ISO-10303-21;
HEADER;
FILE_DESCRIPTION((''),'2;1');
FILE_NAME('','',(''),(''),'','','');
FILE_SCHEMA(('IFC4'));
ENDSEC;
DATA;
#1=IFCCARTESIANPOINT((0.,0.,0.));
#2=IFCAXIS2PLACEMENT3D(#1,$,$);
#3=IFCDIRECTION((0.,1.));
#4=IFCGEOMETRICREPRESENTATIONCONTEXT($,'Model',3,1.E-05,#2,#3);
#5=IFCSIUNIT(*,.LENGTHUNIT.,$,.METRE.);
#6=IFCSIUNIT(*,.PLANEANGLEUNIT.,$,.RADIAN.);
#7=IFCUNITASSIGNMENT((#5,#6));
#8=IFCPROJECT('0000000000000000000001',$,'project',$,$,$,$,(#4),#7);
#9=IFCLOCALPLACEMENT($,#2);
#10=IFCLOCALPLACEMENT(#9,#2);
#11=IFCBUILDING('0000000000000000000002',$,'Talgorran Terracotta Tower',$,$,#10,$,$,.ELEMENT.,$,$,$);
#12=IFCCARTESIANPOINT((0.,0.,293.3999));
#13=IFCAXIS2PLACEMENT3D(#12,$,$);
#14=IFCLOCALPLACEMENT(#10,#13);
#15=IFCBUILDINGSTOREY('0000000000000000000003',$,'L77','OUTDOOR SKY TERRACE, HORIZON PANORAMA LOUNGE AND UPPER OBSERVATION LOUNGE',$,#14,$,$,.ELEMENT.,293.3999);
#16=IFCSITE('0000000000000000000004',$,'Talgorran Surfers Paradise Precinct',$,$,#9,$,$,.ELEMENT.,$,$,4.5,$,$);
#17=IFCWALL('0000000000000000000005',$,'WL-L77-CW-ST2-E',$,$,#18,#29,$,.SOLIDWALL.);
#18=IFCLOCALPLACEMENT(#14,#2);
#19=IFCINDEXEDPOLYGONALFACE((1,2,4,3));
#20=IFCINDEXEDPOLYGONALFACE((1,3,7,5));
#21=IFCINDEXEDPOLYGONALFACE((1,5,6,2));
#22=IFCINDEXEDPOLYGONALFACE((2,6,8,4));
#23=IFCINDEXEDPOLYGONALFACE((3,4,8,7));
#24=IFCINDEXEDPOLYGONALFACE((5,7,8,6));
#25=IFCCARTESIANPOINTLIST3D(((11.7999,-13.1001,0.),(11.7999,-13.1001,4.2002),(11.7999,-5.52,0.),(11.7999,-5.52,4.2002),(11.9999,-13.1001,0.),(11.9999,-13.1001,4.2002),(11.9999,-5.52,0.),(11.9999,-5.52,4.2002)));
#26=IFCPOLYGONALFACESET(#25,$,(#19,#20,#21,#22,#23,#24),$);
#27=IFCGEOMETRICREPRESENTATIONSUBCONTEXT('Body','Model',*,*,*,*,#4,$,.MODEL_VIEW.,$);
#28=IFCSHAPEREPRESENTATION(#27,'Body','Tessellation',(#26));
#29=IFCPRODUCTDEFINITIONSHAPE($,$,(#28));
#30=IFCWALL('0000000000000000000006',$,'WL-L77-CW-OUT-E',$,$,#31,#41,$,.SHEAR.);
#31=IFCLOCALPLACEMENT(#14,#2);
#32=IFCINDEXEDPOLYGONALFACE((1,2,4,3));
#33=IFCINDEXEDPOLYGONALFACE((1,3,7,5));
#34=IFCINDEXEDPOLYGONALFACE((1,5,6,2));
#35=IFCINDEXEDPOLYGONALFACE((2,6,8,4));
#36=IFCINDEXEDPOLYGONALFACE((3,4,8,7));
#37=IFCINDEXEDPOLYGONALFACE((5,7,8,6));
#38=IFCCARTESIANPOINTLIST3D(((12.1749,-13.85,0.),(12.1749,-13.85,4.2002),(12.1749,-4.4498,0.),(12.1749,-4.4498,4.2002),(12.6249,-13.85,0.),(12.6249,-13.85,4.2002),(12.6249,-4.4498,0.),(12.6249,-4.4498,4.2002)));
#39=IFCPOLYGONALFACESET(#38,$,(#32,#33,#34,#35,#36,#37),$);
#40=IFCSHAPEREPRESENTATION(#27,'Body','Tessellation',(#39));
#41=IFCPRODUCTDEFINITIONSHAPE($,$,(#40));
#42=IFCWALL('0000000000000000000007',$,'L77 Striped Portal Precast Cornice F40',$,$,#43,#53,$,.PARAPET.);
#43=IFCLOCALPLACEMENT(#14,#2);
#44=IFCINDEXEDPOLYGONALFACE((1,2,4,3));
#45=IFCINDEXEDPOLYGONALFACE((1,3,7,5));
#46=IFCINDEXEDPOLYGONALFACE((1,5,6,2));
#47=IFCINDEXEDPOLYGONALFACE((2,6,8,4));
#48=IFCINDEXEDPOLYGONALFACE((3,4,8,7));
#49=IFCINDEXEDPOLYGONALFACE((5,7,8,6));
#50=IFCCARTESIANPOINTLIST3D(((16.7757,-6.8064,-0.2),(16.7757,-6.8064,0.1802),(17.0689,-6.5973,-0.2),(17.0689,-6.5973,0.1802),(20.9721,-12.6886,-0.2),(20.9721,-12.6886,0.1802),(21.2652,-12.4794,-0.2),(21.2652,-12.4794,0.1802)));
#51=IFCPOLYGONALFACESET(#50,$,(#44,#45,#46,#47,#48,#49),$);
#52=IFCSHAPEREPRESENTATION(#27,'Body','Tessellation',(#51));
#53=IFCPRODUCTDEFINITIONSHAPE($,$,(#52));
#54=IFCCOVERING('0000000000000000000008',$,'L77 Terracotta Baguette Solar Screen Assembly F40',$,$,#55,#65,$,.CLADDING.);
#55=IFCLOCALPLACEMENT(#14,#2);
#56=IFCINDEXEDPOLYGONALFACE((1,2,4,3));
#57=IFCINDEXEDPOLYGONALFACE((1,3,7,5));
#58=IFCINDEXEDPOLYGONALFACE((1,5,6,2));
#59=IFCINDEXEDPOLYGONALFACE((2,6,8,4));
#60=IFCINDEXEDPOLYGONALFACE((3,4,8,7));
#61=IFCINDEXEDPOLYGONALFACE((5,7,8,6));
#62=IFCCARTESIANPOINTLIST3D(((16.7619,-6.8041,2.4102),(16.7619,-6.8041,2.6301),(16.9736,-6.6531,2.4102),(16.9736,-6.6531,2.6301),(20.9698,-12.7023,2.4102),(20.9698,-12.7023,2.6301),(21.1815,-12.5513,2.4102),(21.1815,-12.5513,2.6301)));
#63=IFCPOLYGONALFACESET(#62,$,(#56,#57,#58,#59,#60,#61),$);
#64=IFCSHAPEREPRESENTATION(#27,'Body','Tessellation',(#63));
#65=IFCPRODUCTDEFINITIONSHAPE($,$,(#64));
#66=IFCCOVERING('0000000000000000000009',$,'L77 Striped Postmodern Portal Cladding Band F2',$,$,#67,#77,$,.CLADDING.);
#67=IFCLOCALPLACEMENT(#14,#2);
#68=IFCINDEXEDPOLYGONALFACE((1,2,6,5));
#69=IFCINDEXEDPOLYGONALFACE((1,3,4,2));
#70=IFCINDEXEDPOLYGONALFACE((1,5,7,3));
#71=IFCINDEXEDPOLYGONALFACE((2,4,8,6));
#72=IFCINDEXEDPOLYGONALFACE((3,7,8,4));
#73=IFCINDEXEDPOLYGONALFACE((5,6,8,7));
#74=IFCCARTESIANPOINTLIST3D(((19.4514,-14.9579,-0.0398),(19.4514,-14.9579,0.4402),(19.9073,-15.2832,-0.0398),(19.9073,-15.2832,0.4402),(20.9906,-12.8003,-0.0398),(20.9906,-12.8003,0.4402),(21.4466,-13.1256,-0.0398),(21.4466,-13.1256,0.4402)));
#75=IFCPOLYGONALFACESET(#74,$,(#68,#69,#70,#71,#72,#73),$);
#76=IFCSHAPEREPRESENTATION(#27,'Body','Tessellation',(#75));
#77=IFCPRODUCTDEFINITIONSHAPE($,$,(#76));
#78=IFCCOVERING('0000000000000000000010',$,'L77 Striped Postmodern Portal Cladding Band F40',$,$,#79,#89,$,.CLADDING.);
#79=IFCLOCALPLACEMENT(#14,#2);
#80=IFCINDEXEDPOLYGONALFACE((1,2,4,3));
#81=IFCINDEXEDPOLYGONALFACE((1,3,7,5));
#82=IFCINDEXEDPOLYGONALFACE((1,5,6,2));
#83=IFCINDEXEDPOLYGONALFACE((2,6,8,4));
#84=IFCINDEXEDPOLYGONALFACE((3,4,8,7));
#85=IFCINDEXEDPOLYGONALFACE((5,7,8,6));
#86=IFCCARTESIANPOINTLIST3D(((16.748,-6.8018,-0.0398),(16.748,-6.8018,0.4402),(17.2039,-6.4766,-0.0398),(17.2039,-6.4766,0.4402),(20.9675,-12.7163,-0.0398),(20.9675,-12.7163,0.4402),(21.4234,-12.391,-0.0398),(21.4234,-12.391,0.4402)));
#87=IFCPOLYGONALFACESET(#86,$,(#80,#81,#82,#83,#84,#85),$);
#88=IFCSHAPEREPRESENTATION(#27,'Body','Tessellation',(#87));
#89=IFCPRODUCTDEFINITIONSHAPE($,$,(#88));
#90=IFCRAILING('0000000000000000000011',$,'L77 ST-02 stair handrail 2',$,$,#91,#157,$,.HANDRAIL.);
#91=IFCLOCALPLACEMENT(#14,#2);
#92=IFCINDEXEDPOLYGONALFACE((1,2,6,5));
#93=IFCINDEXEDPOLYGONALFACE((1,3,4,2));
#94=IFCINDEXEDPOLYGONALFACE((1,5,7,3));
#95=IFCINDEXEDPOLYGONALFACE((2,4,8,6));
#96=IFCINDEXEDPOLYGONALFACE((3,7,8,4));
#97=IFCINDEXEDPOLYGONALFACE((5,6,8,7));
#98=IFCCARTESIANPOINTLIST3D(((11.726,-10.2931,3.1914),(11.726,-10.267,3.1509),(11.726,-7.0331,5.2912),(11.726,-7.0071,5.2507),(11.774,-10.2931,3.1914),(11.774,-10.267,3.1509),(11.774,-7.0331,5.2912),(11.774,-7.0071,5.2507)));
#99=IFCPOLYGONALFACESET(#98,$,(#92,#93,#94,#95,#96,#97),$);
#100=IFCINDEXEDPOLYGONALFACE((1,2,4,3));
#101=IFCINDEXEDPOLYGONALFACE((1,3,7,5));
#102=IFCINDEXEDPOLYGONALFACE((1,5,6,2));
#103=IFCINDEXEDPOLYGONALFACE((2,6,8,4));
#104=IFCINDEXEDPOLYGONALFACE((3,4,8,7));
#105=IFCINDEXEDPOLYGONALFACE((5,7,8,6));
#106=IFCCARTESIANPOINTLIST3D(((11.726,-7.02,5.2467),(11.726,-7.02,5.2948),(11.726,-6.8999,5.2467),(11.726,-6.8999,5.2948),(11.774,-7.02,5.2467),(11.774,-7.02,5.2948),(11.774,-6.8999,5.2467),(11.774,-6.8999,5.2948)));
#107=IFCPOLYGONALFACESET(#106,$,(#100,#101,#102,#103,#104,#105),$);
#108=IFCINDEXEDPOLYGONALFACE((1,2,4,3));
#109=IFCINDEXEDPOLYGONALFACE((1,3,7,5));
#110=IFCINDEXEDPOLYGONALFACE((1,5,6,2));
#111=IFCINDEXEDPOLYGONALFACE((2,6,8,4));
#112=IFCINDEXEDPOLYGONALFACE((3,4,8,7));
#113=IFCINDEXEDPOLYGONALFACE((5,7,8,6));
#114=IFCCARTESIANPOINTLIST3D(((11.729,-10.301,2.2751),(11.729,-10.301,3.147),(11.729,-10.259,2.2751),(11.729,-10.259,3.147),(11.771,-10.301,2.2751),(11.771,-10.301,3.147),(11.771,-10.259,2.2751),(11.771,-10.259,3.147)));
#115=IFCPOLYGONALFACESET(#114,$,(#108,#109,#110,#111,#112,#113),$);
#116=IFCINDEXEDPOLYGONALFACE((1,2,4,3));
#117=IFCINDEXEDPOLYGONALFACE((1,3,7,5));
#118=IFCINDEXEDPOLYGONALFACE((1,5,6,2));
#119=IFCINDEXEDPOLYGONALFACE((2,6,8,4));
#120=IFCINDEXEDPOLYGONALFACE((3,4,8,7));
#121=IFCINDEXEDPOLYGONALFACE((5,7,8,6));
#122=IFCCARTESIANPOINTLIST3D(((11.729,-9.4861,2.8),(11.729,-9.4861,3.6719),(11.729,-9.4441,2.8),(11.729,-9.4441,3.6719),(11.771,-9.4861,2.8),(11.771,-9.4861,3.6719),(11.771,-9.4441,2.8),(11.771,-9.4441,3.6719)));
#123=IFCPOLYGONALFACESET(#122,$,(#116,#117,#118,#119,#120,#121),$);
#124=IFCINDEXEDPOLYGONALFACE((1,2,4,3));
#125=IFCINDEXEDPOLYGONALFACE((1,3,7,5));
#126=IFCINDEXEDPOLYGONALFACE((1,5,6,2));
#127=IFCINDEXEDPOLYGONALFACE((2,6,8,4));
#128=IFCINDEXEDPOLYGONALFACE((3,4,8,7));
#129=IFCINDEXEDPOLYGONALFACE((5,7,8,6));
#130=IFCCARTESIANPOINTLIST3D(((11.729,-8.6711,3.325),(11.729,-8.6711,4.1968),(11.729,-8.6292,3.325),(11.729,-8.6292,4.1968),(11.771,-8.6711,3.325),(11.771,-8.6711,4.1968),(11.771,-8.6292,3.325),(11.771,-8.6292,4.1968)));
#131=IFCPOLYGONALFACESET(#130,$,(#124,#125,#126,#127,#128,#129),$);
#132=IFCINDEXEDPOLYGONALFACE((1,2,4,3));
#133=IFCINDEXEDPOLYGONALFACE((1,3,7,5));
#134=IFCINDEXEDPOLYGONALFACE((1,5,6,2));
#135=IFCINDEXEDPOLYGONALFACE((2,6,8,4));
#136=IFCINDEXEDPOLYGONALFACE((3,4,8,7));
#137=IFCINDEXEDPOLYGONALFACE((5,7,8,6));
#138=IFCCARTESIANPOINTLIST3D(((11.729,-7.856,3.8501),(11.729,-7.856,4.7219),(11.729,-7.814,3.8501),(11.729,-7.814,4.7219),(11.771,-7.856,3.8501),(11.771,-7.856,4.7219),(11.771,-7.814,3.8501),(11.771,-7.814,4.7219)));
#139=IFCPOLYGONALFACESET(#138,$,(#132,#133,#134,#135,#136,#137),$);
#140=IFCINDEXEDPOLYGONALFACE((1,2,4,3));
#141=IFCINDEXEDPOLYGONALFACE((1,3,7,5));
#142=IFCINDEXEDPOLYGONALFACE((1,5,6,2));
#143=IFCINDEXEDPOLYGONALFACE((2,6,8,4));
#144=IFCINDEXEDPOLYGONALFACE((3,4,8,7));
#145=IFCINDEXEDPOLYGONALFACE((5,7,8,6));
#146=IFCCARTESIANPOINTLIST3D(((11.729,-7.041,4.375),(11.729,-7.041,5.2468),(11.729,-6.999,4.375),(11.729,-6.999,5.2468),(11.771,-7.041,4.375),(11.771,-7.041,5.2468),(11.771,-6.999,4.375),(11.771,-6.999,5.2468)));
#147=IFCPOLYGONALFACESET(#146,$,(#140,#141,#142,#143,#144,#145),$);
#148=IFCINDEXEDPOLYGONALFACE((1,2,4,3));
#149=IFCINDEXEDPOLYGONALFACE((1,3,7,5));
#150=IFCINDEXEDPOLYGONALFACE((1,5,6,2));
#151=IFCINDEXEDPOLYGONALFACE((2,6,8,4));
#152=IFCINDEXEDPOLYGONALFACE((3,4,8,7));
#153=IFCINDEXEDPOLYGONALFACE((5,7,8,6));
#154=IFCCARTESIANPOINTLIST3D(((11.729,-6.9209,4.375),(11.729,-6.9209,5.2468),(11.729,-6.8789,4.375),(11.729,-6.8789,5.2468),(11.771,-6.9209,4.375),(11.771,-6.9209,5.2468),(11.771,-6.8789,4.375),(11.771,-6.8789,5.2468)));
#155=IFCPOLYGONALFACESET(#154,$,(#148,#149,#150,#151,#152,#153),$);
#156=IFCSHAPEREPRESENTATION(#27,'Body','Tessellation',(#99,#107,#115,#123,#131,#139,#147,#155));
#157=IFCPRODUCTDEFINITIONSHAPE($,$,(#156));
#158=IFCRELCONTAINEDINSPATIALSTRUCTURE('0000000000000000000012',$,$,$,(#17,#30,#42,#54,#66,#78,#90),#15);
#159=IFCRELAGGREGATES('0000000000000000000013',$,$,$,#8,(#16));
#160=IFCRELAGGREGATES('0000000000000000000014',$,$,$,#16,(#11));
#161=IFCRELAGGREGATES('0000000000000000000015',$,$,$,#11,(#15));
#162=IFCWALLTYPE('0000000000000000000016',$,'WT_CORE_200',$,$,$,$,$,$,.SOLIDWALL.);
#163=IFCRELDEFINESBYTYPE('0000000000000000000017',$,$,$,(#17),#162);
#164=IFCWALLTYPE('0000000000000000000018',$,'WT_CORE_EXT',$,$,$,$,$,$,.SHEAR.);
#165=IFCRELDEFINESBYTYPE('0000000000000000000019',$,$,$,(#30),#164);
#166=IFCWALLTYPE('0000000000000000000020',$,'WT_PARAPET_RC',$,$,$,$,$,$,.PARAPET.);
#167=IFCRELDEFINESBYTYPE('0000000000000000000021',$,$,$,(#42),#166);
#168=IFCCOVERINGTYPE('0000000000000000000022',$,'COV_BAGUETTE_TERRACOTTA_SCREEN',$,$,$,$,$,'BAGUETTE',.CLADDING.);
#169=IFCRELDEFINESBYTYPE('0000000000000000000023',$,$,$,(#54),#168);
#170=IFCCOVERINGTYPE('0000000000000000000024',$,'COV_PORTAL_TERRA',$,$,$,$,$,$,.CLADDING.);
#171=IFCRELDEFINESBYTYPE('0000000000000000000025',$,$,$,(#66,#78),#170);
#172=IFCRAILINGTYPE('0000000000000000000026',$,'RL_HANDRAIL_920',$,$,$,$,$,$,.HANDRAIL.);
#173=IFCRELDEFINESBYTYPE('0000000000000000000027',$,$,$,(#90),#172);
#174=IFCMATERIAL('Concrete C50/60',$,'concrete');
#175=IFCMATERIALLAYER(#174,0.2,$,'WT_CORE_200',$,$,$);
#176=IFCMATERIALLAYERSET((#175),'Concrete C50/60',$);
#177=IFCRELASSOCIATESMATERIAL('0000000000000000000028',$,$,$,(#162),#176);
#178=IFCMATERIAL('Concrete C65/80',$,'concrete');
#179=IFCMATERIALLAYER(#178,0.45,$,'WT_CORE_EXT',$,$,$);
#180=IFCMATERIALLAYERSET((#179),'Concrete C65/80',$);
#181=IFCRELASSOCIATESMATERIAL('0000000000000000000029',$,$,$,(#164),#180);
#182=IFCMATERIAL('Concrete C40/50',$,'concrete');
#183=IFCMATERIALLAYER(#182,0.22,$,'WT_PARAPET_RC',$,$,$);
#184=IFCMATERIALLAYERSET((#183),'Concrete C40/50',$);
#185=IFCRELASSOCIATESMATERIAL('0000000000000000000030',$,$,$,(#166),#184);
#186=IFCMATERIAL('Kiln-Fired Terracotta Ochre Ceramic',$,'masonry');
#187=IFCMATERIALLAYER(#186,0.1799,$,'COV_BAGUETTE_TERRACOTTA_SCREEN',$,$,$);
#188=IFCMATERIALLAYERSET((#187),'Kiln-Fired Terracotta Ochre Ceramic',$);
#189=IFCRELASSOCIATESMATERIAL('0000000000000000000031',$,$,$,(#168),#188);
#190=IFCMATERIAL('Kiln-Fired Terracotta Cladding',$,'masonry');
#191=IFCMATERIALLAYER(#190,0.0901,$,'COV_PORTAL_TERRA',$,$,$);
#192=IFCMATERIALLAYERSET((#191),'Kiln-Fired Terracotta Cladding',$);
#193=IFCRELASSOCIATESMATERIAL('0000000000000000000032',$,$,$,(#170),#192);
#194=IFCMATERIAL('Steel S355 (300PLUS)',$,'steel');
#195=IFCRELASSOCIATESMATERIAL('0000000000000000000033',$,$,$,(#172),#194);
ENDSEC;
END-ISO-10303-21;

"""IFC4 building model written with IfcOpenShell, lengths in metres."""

from ifc_helpers import new_model, si_unit, direction, frame, frame_2d, origin, origin_2d, place, context, subcontext, project, spatial, rectangle, extrude, material, layer, layer_set, type_object, element, save


model = new_model("IFC4")

# Units and contexts
model_context = context("Model", 3, precision=1e-05, world=origin(), true_north=direction((0.0, 1.0)))
body_context = subcontext(model_context, "Body", "Model", "MODEL_VIEW")
ifc_project = project(units=[si_unit("LENGTHUNIT", "METRE"), si_unit("PLANEANGLEUNIT", "RADIAN")], contexts=[model_context])

# Site, building, storey
site_placement = place(None, origin())
site = spatial("IfcSite", under=ifc_project, at=site_placement, Name="Talgorran Surfers Paradise Precinct", CompositionType="ELEMENT", RefElevation=4.5)
building_placement = place(site_placement, origin())
building = spatial("IfcBuilding", under=site, at=building_placement, Name="Talgorran Terracotta Tower", CompositionType="ELEMENT")
storey_placement = place(building_placement, frame((0.0, 0.0, 293.3999)))
storey = spatial("IfcBuildingStorey", under=building, at=storey_placement, Name="L77", Description="OUTDOOR SKY TERRACE, HORIZON PANORAMA LOUNGE AND UPPER OBSERVATION LOUNGE", CompositionType="ELEMENT", Elevation=293.3999)

# Shared definitions
ifc_material_1 = material(Name="Steel S355 (300PLUS)", Category="steel")

# Shared definitions
ifc_material_2 = material(Name="Concrete C40/50", Category="concrete")

# Walls
ifc_material_3 = material(Name="Concrete C50/60", Category="concrete")
ifc_layer_1 = layer(ifc_material_3, 0.2, Name="WT_CORE_200")
ifc_layer_set_1 = layer_set([ifc_layer_1], Name="Concrete C50/60")
wall_type_1 = type_object("IfcWallType", Name="WT_CORE_200", PredefinedType="SOLIDWALL", material=ifc_layer_set_1)
wall_1_placement = place(storey_placement, frame((11.8999, -13.1001, 0.0), z_axis=(0.0, 0.0, 1.0), x_axis=(0.0, 1.0, 0.0)))
element("IfcWall", 1, at=wall_1_placement, inside=storey, type_object=wall_type_1, Name="WL-L77-CW-ST2-E", PredefinedType="SOLIDWALL", context=body_context, shape_type="SweptSolid", body=[
    extrude(rectangle(XDim=7.5801, YDim=0.2, at=frame_2d((3.79, 0.0))), origin(), (0.0, 0.0, 1.0), 4.2002),
])
ifc_material_4 = material(Name="Concrete C65/80", Category="concrete")
ifc_layer_2 = layer(ifc_material_4, 0.45, Name="WT_CORE_EXT")
ifc_layer_set_2 = layer_set([ifc_layer_2], Name="Concrete C65/80")
wall_type_2 = type_object("IfcWallType", Name="WT_CORE_EXT", PredefinedType="SHEAR", material=ifc_layer_set_2)
wall_2_placement = place(storey_placement, frame((12.3999, -13.8501, 0.0), z_axis=(0.0, 0.0, 1.0), x_axis=(0.0, 1.0, 0.0)))
element("IfcWall", 2, at=wall_2_placement, inside=storey, type_object=wall_type_2, Name="WL-L77-CW-OUT-E", PredefinedType="SHEAR", context=body_context, shape_type="SweptSolid", body=[
    extrude(rectangle(XDim=9.4001, YDim=0.45, at=frame_2d((4.7002, 0.0))), origin(), (0.0, 0.0, 1.0), 4.2002),
])
ifc_layer_3 = layer(ifc_material_2, 0.22, Name="WT_PARAPET_RC")
ifc_layer_set_3 = layer_set([ifc_layer_3], Name="Concrete C40/50")
wall_type_3 = type_object("IfcWallType", Name="WT_PARAPET_RC", PredefinedType="PARAPET", material=ifc_layer_set_3)
wall_3_placement = place(storey_placement, frame((21.1187, -12.584, -0.2), z_axis=(0.0, 0.0, 1.0), x_axis=(-0.580762, 0.814074, 0.0)))
element("IfcWall", 3, at=wall_3_placement, inside=storey, type_object=wall_type_3, Name="L77 Striped Portal Precast Cornice F40", PredefinedType="PARAPET", context=body_context, shape_type="SweptSolid", body=[
    extrude(rectangle(XDim=7.2256, YDim=0.3601, at=frame_2d((3.6128, 0.0))), origin(), (0.0, 0.0, 1.0), 0.3801),
])

# Coverings
ifc_material_5 = material(Name="Kiln-Fired Terracotta Ochre Ceramic", Category="masonry")
ifc_layer_4 = layer(ifc_material_5, 0.1799, Name="COV_BAGUETTE_TERRACOTTA_SCREEN")
ifc_layer_set_4 = layer_set([ifc_layer_4], Name="Kiln-Fired Terracotta Ochre Ceramic")
covering_type_1 = type_object("IfcCoveringType", Name="COV_BAGUETTE_TERRACOTTA_SCREEN", ElementType="BAGUETTE", PredefinedType="CLADDING", material=ifc_layer_set_4)
covering_1_placement = place(storey_placement, frame((18.9717, -9.6777, 2.4102), z_axis=(0.0, 0.0, 1.0), x_axis=(-0.580774, 0.814065, 0.0)))
element("IfcCovering", 4, at=covering_1_placement, inside=storey, type_object=covering_type_1, Name="L77 Terracotta Baguette Solar Screen Assembly F40", PredefinedType="CLADDING", context=body_context, shape_type="SweptSolid", body=[
    extrude(rectangle(XDim=7.2454, YDim=0.26, at=origin_2d()), origin(), (0.0, 0.0, 1.0), 0.22),
])
ifc_material_6 = material(Name="Kiln-Fired Terracotta Cladding", Category="masonry")
ifc_layer_5 = layer(ifc_material_6, 0.0901, Name="COV_PORTAL_TERRA")
ifc_layer_set_5 = layer_set([ifc_layer_5], Name="Kiln-Fired Terracotta Cladding")
covering_type_2 = type_object("IfcCoveringType", Name="COV_PORTAL_TERRA", PredefinedType="CLADDING", material=ifc_layer_set_5)
covering_2_placement = place(storey_placement, frame((20.449, -14.0417, -0.0398), z_axis=(0.0, 0.0, 1.0), x_axis=(0.58076, 0.814075, 0.0)))
element("IfcCovering", 5, at=covering_2_placement, inside=storey, type_object=covering_type_2, Name="L77 Striped Postmodern Portal Cladding Band F2", PredefinedType="CLADDING", context=body_context, shape_type="SweptSolid", body=[
    extrude(rectangle(XDim=2.6504, YDim=0.5601, at=origin_2d()), origin(), (0.0, 0.0, 1.0), 0.48),
])
covering_3_placement = place(storey_placement, frame((19.0857, -9.5964, -0.0398), z_axis=(0.0, 0.0, 1.0), x_axis=(-0.580774, 0.814065, 0.0)))
element("IfcCovering", 6, at=covering_3_placement, inside=storey, type_object=covering_type_2, Name="L77 Striped Postmodern Portal Cladding Band F40", PredefinedType="CLADDING", context=body_context, shape_type="SweptSolid", body=[
    extrude(rectangle(XDim=7.2654, YDim=0.5601, at=origin_2d()), origin(), (0.0, 0.0, 1.0), 0.48),
])

# Railing
railing_type_1 = type_object("IfcRailingType", Name="RL_HANDRAIL_920", PredefinedType="HANDRAIL", material=ifc_material_1)
railing_1_placement = place(storey_placement, frame((11.75, -10.28, 2.2751)))
element("IfcRailing", 7, at=railing_1_placement, inside=storey, type_object=railing_type_1, Name="L77 ST-02 stair handrail 2", PredefinedType="HANDRAIL", context=body_context, shape_type="SweptSolid", body=[
    extrude(rectangle(XDim=0.0481, YDim=0.0481, at=origin_2d()), frame((0.0, 0.0, 0.896), z_axis=(0.0, 0.840693, 0.541512), x_axis=(-1.0, 0.0, 0.0)), (0.0, 0.0, 1.0), 3.8777),
    extrude(rectangle(XDim=0.0481, YDim=0.0481, at=origin_2d()), frame((0.0, 3.26, 2.9956), z_axis=(0.0, 1.0, 0.0), x_axis=(-1.0, 0.0, 0.0)), (0.0, 0.0, 1.0), 0.1201),
    extrude(rectangle(XDim=0.042, YDim=0.042, at=origin_2d()), origin(), (0.0, 0.0, 1.0), 0.8718),
    extrude(rectangle(XDim=0.042, YDim=0.042, at=origin_2d()), frame((0.0, 0.8149, 0.5249)), (0.0, 0.0, 1.0), 0.8718),
    extrude(rectangle(XDim=0.042, YDim=0.042, at=origin_2d()), frame((0.0, 1.6299, 1.0498)), (0.0, 0.0, 1.0), 0.8718),
    extrude(rectangle(XDim=0.042, YDim=0.042, at=origin_2d()), frame((0.0, 2.4451, 1.575)), (0.0, 0.0, 1.0), 0.8718),
    extrude(rectangle(XDim=0.042, YDim=0.042, at=origin_2d()), frame((0.0, 3.26, 2.0999)), (0.0, 0.0, 1.0), 0.8718),
    extrude(rectangle(XDim=0.042, YDim=0.042, at=origin_2d()), frame((0.0, 3.3801, 2.0999)), (0.0, 0.0, 1.0), 0.8718),
])

save(model, "model.ifc")
